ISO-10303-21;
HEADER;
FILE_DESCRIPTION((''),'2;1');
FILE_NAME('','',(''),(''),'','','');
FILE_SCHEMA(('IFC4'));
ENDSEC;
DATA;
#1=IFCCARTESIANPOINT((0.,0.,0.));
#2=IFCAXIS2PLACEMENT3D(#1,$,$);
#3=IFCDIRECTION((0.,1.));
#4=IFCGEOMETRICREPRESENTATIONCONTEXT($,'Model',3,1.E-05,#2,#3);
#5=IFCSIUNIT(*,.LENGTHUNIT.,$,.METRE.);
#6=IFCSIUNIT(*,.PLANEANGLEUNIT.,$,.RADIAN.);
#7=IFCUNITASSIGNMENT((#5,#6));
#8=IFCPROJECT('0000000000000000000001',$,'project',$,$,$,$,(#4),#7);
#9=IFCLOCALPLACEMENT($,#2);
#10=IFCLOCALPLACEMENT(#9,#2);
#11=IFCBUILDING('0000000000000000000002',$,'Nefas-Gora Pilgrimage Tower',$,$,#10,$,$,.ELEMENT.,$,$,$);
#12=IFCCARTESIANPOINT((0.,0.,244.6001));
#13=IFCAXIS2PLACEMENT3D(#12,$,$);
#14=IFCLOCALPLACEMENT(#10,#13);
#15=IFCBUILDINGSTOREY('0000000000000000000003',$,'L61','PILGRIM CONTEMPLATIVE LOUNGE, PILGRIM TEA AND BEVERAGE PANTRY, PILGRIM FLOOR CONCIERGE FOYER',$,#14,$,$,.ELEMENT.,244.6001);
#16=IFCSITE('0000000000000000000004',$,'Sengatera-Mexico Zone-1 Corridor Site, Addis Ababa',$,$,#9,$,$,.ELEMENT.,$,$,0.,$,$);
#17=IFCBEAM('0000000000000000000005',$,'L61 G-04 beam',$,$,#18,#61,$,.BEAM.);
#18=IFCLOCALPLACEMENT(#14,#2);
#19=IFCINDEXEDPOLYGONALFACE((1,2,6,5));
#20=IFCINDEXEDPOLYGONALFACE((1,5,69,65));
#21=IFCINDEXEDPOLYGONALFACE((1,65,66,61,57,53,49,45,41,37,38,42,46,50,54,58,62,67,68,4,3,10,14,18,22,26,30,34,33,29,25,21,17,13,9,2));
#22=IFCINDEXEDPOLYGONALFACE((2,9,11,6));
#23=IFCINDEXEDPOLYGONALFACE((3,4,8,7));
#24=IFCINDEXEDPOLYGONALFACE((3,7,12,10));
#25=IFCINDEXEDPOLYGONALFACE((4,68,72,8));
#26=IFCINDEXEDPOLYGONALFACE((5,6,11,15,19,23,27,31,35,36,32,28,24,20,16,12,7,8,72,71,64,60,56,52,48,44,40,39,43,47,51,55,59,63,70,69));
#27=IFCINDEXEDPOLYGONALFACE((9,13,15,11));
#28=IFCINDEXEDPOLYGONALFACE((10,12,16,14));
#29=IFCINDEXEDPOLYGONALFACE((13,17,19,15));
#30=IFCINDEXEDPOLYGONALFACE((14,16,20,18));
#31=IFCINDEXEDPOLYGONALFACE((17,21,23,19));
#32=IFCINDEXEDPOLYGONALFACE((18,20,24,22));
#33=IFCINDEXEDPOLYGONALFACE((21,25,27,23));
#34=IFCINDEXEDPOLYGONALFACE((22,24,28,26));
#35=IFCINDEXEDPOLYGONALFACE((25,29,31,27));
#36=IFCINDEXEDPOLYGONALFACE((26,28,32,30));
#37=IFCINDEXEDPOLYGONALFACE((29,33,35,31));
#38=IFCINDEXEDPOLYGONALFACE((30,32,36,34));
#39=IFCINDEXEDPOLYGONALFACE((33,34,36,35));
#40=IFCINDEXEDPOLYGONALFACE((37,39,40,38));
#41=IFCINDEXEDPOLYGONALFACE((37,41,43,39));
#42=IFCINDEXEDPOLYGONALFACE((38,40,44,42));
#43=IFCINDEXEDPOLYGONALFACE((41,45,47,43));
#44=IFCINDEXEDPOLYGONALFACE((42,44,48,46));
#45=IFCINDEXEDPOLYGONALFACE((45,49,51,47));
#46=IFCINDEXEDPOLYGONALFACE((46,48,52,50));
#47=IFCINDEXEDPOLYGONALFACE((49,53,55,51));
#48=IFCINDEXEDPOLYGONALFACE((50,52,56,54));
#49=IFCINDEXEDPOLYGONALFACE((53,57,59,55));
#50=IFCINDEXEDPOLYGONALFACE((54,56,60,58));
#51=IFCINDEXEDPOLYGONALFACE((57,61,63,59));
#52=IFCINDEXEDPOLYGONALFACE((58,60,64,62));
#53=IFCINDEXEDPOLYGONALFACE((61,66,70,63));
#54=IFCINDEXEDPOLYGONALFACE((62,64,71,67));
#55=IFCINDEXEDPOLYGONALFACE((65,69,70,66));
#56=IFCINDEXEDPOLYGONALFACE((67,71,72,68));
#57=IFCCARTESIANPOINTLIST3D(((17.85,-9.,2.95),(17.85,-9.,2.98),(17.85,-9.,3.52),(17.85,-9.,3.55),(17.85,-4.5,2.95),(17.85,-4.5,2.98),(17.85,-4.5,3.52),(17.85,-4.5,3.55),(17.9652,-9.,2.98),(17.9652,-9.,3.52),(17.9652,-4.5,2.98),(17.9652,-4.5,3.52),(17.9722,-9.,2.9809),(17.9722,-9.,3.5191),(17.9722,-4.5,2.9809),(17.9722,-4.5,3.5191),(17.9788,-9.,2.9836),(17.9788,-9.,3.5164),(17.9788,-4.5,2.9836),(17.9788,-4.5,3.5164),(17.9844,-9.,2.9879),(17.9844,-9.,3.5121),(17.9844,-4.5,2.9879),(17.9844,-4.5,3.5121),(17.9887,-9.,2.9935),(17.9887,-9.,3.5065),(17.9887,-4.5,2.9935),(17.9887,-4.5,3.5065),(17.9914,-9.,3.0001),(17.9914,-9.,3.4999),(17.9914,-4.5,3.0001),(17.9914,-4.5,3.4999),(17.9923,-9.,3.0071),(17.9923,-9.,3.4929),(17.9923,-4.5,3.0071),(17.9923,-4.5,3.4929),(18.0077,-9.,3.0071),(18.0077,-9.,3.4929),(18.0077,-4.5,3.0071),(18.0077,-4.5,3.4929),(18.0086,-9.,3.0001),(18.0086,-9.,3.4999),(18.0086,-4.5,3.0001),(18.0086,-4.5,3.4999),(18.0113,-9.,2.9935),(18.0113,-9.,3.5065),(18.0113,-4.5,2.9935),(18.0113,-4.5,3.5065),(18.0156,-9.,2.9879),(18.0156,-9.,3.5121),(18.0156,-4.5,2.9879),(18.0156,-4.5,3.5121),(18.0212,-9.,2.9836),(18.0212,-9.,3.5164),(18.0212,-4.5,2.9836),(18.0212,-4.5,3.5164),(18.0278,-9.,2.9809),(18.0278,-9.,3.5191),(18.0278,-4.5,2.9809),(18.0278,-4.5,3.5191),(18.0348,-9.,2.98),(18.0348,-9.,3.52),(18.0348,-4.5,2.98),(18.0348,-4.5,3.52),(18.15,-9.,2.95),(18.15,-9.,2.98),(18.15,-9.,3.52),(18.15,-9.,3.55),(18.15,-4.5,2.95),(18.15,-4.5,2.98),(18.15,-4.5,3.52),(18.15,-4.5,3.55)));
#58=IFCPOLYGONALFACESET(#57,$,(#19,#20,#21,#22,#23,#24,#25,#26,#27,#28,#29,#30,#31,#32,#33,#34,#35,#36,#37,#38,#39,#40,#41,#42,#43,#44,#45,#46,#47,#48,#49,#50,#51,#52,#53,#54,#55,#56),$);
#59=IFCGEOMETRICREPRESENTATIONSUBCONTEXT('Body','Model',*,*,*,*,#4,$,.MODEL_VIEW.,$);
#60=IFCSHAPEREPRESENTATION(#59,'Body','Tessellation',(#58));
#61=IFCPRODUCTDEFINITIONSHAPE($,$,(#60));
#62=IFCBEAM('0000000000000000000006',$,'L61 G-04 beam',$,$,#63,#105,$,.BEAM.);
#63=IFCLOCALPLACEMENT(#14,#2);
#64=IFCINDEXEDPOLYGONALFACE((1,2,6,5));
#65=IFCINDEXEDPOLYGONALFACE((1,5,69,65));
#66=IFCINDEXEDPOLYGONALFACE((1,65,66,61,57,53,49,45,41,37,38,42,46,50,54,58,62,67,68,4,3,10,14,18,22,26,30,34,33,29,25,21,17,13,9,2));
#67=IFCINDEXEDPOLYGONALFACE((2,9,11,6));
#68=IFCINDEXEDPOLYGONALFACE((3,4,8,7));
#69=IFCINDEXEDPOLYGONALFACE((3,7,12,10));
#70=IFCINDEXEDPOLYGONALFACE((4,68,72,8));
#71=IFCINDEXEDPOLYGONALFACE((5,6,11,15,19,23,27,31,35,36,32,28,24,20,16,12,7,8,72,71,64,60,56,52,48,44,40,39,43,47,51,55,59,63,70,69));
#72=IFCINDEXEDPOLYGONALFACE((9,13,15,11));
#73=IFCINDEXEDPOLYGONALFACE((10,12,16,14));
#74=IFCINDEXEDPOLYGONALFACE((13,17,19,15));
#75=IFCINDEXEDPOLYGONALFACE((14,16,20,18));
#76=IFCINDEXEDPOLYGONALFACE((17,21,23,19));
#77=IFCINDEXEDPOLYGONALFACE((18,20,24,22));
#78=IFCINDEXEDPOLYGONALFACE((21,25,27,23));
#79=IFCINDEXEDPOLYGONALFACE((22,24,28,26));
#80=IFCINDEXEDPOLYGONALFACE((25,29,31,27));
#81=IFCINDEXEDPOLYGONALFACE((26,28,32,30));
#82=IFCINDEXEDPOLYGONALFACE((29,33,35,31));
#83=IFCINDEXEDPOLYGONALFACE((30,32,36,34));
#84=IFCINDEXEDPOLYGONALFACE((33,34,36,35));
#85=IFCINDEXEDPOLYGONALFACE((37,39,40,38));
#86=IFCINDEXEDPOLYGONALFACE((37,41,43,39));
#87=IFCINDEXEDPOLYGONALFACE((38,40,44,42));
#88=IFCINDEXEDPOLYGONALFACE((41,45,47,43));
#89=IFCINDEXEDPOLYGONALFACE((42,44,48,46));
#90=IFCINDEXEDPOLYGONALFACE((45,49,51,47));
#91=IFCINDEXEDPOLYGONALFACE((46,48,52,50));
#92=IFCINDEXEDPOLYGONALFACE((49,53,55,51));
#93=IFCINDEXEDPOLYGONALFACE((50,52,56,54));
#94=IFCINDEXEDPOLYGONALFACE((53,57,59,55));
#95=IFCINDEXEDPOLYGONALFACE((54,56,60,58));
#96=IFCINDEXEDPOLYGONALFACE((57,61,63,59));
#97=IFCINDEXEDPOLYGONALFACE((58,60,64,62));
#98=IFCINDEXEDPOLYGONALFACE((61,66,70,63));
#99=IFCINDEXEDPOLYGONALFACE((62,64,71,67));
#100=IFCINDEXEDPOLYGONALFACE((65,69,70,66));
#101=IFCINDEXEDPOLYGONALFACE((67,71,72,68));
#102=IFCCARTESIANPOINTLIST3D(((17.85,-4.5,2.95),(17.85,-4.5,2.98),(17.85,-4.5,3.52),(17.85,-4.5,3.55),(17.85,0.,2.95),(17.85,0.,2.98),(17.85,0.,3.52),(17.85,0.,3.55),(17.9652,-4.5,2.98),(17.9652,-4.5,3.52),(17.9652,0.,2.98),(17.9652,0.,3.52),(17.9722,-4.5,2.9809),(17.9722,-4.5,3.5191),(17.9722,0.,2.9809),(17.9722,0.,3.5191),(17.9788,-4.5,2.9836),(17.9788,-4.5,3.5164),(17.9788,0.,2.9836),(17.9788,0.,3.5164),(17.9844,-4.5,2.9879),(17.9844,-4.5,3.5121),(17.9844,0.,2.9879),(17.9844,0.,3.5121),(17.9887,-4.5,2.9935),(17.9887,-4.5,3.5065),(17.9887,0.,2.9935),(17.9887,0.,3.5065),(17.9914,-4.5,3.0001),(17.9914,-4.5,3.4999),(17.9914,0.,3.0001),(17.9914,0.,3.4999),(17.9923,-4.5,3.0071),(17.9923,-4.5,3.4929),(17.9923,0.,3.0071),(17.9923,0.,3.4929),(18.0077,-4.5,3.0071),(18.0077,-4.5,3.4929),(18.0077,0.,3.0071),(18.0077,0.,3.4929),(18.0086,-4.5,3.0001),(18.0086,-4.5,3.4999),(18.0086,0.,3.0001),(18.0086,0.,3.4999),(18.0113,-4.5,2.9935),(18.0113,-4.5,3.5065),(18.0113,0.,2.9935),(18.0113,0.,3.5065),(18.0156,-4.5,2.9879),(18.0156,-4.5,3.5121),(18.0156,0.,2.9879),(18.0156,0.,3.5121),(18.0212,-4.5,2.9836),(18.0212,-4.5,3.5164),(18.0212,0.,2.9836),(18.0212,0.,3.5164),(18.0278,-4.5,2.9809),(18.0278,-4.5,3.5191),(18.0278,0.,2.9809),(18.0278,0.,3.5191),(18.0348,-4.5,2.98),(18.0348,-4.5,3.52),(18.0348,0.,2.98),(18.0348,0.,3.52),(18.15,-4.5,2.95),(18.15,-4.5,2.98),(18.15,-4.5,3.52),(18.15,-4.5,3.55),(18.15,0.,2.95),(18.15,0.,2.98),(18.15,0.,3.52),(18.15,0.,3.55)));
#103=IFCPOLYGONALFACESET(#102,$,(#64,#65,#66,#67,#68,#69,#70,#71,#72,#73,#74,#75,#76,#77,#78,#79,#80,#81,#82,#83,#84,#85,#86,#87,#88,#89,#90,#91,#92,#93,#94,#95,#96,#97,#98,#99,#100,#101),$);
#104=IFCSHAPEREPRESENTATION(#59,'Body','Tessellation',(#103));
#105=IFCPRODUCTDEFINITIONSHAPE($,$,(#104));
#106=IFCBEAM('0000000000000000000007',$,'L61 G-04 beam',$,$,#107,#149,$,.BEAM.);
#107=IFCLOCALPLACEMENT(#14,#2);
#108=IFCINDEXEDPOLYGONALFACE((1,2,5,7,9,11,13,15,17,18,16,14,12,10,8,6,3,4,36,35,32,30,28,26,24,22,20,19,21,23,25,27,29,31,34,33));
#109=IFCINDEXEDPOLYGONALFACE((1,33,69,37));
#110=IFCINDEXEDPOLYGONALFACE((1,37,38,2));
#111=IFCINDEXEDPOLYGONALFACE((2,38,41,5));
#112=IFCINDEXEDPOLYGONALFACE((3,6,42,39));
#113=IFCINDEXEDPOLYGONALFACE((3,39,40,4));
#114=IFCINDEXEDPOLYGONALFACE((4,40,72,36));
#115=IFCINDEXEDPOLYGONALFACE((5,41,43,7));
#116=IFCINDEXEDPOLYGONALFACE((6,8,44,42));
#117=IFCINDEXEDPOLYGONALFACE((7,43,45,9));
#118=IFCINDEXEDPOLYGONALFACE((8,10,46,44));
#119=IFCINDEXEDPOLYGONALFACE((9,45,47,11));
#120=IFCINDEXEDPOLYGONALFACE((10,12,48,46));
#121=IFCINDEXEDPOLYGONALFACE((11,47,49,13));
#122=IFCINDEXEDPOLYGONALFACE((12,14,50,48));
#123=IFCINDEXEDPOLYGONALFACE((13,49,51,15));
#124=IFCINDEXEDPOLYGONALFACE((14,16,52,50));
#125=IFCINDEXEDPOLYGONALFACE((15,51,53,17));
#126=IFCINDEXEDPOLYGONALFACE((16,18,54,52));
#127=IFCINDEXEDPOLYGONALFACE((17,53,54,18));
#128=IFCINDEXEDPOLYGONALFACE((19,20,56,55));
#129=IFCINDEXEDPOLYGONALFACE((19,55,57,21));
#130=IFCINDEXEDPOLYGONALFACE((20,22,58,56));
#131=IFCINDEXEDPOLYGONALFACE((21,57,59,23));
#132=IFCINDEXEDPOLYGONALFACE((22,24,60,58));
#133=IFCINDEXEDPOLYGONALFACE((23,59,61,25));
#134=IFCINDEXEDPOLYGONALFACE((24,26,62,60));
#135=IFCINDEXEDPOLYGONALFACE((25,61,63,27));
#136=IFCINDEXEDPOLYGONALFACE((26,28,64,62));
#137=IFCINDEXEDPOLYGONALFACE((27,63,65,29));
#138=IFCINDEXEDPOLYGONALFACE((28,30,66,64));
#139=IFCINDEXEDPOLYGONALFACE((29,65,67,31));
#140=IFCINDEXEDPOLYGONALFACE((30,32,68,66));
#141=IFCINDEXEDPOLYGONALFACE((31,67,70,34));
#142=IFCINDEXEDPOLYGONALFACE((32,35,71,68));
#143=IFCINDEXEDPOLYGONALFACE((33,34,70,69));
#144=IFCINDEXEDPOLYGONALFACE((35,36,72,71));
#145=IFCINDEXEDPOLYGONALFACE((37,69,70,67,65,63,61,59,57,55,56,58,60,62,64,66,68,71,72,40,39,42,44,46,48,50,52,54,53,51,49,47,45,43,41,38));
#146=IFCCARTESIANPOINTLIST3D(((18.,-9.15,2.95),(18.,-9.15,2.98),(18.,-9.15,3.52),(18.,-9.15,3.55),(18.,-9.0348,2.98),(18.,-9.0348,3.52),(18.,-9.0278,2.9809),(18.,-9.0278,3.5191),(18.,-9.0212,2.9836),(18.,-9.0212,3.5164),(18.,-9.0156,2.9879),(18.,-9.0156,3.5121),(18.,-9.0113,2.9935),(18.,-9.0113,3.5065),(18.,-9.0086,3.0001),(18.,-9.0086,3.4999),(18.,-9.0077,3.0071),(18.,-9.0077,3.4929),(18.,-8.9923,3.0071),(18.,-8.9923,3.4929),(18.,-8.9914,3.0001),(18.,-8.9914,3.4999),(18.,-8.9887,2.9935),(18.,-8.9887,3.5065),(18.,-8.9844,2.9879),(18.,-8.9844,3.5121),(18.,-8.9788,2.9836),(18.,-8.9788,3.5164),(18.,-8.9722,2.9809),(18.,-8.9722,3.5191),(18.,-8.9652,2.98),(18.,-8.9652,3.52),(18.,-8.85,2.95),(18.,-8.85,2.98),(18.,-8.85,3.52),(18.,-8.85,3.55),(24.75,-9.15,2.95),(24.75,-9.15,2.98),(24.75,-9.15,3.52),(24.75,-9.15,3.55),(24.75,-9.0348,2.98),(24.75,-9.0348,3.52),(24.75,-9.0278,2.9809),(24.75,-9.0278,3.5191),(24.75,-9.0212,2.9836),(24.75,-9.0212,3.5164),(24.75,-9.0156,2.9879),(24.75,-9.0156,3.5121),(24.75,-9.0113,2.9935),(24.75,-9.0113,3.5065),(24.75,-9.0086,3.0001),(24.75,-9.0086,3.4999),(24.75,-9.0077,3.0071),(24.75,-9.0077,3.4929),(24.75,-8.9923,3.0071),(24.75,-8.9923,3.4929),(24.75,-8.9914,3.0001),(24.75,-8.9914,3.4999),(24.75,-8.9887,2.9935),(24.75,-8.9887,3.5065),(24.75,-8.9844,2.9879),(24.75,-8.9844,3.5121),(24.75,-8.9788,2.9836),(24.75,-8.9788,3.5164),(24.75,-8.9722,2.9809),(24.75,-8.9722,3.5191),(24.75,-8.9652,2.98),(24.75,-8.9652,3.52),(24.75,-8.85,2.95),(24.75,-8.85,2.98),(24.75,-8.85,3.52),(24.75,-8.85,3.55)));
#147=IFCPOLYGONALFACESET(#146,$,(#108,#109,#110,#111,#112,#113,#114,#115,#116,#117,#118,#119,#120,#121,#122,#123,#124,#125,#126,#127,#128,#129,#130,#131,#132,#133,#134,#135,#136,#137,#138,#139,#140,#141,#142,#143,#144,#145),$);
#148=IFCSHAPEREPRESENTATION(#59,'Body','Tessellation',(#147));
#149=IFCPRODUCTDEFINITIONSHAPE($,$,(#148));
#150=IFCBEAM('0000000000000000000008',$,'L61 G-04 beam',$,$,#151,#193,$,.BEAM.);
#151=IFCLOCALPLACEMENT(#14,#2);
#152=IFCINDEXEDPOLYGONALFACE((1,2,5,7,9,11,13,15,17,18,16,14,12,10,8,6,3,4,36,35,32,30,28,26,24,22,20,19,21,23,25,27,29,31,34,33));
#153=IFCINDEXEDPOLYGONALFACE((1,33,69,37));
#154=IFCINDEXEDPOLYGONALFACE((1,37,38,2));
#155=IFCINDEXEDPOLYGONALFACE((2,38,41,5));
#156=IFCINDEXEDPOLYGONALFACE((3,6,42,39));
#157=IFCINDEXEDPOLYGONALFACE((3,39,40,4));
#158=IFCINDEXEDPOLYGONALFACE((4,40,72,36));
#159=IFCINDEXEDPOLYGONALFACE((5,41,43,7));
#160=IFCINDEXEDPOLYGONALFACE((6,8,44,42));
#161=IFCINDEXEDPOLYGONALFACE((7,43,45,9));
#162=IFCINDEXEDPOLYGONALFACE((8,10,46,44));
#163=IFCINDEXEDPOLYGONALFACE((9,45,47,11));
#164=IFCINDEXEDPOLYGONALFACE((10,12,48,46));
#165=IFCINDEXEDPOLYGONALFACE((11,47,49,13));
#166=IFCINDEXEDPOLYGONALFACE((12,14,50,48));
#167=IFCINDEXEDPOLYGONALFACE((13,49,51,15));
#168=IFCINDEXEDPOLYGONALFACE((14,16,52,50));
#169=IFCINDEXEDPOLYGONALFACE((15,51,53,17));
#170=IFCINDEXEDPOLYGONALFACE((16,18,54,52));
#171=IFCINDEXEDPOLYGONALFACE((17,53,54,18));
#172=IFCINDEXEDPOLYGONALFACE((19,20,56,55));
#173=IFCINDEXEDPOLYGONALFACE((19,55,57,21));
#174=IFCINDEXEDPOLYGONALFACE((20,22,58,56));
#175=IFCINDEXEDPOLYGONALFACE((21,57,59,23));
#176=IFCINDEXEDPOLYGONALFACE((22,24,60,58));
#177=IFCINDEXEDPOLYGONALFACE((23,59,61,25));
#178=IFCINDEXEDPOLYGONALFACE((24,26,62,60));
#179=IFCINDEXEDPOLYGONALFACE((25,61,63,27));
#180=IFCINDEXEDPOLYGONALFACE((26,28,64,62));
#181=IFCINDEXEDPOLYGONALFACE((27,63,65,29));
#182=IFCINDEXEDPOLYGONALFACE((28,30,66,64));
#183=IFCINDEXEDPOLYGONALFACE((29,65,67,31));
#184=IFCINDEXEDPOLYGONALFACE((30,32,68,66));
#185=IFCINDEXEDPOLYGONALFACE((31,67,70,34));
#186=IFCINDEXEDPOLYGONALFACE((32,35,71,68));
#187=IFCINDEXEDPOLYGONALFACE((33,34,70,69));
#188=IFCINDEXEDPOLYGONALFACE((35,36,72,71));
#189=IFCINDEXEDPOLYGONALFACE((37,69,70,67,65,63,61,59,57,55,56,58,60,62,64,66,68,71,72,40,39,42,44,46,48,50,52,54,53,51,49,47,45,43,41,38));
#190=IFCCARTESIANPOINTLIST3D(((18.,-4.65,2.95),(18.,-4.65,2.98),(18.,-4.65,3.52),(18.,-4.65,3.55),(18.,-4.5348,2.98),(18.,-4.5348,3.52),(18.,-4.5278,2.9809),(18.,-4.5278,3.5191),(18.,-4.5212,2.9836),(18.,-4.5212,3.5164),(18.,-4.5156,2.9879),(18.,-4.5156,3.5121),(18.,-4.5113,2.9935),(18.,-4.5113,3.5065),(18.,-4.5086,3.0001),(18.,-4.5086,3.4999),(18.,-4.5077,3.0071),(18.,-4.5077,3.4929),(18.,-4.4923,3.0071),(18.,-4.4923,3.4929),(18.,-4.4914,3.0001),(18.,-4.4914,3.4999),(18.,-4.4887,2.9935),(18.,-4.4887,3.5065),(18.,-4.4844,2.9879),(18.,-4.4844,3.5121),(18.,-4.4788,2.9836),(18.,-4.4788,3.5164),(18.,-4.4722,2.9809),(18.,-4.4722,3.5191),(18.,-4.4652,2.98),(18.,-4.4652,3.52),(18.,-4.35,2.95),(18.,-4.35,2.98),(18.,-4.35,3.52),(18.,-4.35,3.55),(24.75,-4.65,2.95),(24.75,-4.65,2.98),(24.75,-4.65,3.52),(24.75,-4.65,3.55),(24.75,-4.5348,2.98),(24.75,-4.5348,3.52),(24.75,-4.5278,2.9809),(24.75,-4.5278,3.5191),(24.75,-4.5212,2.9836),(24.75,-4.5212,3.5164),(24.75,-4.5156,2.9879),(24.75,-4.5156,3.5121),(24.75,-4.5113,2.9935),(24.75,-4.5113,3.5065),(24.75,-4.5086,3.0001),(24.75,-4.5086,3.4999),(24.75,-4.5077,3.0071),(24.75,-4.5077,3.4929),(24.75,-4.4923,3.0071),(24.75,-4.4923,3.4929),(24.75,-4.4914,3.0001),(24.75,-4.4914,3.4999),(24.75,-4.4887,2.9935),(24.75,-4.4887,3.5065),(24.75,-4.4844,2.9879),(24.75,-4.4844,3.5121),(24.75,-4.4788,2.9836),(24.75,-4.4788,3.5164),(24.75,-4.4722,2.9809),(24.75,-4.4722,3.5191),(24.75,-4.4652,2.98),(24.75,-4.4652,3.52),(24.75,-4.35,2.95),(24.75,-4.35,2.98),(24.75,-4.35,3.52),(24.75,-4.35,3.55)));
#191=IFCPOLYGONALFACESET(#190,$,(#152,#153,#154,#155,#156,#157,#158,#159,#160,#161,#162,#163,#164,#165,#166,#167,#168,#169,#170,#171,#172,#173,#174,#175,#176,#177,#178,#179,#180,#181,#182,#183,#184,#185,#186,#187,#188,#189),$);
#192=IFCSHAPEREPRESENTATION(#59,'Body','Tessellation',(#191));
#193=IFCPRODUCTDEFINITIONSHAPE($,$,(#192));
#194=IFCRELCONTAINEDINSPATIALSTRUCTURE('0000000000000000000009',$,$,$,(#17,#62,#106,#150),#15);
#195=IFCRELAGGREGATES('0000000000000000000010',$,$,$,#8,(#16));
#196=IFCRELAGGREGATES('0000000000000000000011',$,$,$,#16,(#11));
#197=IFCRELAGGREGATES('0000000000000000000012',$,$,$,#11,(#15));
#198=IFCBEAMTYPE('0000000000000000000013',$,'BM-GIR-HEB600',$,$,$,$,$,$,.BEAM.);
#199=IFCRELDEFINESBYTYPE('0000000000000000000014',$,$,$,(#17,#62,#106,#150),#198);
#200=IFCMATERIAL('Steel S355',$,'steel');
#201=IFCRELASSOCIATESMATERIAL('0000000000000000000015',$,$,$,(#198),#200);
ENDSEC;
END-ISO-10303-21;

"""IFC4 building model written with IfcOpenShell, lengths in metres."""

from ifc_helpers import new_model, si_unit, direction, frame, origin, origin_2d, place, context, subcontext, project, spatial, i_section, extrude, source, transform, mapped, material, material_profile, profile_set, type_object, element, save


model = new_model("IFC4")

# Units and contexts
model_context = context("Model", 3, precision=1e-05, world=origin(), true_north=direction((0.0, 1.0)))
body_context = subcontext(model_context, "Body", "Model", "MODEL_VIEW")
ifc_project = project(units=[si_unit("LENGTHUNIT", "METRE"), si_unit("PLANEANGLEUNIT", "RADIAN")], contexts=[model_context])

# Site, building, storey
site_placement = place(None, origin())
site = spatial("IfcSite", under=ifc_project, at=site_placement, Name="Sengatera-Mexico Zone-1 Corridor Site, Addis Ababa", CompositionType="ELEMENT", RefElevation=0.0)
building_placement = place(site_placement, origin())
building = spatial("IfcBuilding", under=site, at=building_placement, Name="Nefas-Gora Pilgrimage Tower", CompositionType="ELEMENT")
storey_placement = place(building_placement, frame((0.0, 0.0, 244.6001)))
storey = spatial("IfcBuildingStorey", under=building, at=storey_placement, Name="L61", Description="PILGRIM CONTEMPLATIVE LOUNGE, PILGRIM TEA AND BEVERAGE PANTRY, PILGRIM FLOOR CONCIERGE FOYER", CompositionType="ELEMENT", Elevation=244.6001)

# Beams
ifc_material_1 = material(Name="Steel S355", Category="steel")
ifc_material_profile_1 = material_profile(ifc_material_1, i_section(OverallWidth=0.3, OverallDepth=0.6001, WebThickness=0.0154, FlangeThickness=0.03, FilletRadius=0.0271, at=origin_2d()), Name="HEB 600")
ifc_profile_set_1 = profile_set([ifc_material_profile_1], Name="Steel S355")
beam_type_1 = type_object("IfcBeamType", Name="BM-GIR-HEB600", PredefinedType="BEAM", material=ifc_profile_set_1)
shared_shape_1 = source(origin(), body_context, "Body", "SweptSolid", [
    extrude(i_section(OverallWidth=0.3, OverallDepth=0.6001, WebThickness=0.0154, FlangeThickness=0.03, FilletRadius=0.0271, at=origin_2d()), origin(), (0.0, 0.0, 1.0), 4.5),
])
for number, where, z_axis, x_axis, name in (
    (1, (18.0, -9.0, 3.25), (0.0, 1.0, 0.0), (-1.0, 0.0, 0.0), "L61 G-04 beam"),
    (2, (18.0, -4.5, 3.25), (0.0, 1.0, 0.0), (-1.0, 0.0, 0.0), "L61 G-04 beam"),
):
    element("IfcBeam", number, at=place(storey_placement, frame(where, z_axis=z_axis, x_axis=x_axis)), inside=storey, type_object=beam_type_1, Name=name, PredefinedType="BEAM", context=body_context, shape_type="MappedRepresentation", body=[
        mapped(shared_shape_1, transform((0.0, 0.0, 0.0), x_axis=(1.0, 0.0, 0.0), y_axis=(0.0, 1.0, 0.0), z_axis=(0.0, 0.0, 1.0), scale=1.0)),
    ])
shared_shape_2 = source(origin(), body_context, "Body", "SweptSolid", [
    extrude(i_section(OverallWidth=0.3, OverallDepth=0.6001, WebThickness=0.0154, FlangeThickness=0.03, FilletRadius=0.0271, at=origin_2d()), origin(), (0.0, 0.0, 1.0), 6.75),
])
for number, where, z_axis, x_axis, name in (
    (3, (18.0, -9.0, 3.25), (1.0, 0.0, 0.0), (0.0, 1.0, 0.0), "L61 G-04 beam"),
    (4, (18.0, -4.5, 3.25), (1.0, 0.0, 0.0), (0.0, 1.0, 0.0), "L61 G-04 beam"),
):
    element("IfcBeam", number, at=place(storey_placement, frame(where, z_axis=z_axis, x_axis=x_axis)), inside=storey, type_object=beam_type_1, Name=name, PredefinedType="BEAM", context=body_context, shape_type="MappedRepresentation", body=[
        mapped(shared_shape_2, transform((0.0, 0.0, 0.0), x_axis=(1.0, 0.0, 0.0), y_axis=(0.0, 1.0, 0.0), z_axis=(0.0, 0.0, 1.0), scale=1.0)),
    ])

save(model, "model.ifc")
